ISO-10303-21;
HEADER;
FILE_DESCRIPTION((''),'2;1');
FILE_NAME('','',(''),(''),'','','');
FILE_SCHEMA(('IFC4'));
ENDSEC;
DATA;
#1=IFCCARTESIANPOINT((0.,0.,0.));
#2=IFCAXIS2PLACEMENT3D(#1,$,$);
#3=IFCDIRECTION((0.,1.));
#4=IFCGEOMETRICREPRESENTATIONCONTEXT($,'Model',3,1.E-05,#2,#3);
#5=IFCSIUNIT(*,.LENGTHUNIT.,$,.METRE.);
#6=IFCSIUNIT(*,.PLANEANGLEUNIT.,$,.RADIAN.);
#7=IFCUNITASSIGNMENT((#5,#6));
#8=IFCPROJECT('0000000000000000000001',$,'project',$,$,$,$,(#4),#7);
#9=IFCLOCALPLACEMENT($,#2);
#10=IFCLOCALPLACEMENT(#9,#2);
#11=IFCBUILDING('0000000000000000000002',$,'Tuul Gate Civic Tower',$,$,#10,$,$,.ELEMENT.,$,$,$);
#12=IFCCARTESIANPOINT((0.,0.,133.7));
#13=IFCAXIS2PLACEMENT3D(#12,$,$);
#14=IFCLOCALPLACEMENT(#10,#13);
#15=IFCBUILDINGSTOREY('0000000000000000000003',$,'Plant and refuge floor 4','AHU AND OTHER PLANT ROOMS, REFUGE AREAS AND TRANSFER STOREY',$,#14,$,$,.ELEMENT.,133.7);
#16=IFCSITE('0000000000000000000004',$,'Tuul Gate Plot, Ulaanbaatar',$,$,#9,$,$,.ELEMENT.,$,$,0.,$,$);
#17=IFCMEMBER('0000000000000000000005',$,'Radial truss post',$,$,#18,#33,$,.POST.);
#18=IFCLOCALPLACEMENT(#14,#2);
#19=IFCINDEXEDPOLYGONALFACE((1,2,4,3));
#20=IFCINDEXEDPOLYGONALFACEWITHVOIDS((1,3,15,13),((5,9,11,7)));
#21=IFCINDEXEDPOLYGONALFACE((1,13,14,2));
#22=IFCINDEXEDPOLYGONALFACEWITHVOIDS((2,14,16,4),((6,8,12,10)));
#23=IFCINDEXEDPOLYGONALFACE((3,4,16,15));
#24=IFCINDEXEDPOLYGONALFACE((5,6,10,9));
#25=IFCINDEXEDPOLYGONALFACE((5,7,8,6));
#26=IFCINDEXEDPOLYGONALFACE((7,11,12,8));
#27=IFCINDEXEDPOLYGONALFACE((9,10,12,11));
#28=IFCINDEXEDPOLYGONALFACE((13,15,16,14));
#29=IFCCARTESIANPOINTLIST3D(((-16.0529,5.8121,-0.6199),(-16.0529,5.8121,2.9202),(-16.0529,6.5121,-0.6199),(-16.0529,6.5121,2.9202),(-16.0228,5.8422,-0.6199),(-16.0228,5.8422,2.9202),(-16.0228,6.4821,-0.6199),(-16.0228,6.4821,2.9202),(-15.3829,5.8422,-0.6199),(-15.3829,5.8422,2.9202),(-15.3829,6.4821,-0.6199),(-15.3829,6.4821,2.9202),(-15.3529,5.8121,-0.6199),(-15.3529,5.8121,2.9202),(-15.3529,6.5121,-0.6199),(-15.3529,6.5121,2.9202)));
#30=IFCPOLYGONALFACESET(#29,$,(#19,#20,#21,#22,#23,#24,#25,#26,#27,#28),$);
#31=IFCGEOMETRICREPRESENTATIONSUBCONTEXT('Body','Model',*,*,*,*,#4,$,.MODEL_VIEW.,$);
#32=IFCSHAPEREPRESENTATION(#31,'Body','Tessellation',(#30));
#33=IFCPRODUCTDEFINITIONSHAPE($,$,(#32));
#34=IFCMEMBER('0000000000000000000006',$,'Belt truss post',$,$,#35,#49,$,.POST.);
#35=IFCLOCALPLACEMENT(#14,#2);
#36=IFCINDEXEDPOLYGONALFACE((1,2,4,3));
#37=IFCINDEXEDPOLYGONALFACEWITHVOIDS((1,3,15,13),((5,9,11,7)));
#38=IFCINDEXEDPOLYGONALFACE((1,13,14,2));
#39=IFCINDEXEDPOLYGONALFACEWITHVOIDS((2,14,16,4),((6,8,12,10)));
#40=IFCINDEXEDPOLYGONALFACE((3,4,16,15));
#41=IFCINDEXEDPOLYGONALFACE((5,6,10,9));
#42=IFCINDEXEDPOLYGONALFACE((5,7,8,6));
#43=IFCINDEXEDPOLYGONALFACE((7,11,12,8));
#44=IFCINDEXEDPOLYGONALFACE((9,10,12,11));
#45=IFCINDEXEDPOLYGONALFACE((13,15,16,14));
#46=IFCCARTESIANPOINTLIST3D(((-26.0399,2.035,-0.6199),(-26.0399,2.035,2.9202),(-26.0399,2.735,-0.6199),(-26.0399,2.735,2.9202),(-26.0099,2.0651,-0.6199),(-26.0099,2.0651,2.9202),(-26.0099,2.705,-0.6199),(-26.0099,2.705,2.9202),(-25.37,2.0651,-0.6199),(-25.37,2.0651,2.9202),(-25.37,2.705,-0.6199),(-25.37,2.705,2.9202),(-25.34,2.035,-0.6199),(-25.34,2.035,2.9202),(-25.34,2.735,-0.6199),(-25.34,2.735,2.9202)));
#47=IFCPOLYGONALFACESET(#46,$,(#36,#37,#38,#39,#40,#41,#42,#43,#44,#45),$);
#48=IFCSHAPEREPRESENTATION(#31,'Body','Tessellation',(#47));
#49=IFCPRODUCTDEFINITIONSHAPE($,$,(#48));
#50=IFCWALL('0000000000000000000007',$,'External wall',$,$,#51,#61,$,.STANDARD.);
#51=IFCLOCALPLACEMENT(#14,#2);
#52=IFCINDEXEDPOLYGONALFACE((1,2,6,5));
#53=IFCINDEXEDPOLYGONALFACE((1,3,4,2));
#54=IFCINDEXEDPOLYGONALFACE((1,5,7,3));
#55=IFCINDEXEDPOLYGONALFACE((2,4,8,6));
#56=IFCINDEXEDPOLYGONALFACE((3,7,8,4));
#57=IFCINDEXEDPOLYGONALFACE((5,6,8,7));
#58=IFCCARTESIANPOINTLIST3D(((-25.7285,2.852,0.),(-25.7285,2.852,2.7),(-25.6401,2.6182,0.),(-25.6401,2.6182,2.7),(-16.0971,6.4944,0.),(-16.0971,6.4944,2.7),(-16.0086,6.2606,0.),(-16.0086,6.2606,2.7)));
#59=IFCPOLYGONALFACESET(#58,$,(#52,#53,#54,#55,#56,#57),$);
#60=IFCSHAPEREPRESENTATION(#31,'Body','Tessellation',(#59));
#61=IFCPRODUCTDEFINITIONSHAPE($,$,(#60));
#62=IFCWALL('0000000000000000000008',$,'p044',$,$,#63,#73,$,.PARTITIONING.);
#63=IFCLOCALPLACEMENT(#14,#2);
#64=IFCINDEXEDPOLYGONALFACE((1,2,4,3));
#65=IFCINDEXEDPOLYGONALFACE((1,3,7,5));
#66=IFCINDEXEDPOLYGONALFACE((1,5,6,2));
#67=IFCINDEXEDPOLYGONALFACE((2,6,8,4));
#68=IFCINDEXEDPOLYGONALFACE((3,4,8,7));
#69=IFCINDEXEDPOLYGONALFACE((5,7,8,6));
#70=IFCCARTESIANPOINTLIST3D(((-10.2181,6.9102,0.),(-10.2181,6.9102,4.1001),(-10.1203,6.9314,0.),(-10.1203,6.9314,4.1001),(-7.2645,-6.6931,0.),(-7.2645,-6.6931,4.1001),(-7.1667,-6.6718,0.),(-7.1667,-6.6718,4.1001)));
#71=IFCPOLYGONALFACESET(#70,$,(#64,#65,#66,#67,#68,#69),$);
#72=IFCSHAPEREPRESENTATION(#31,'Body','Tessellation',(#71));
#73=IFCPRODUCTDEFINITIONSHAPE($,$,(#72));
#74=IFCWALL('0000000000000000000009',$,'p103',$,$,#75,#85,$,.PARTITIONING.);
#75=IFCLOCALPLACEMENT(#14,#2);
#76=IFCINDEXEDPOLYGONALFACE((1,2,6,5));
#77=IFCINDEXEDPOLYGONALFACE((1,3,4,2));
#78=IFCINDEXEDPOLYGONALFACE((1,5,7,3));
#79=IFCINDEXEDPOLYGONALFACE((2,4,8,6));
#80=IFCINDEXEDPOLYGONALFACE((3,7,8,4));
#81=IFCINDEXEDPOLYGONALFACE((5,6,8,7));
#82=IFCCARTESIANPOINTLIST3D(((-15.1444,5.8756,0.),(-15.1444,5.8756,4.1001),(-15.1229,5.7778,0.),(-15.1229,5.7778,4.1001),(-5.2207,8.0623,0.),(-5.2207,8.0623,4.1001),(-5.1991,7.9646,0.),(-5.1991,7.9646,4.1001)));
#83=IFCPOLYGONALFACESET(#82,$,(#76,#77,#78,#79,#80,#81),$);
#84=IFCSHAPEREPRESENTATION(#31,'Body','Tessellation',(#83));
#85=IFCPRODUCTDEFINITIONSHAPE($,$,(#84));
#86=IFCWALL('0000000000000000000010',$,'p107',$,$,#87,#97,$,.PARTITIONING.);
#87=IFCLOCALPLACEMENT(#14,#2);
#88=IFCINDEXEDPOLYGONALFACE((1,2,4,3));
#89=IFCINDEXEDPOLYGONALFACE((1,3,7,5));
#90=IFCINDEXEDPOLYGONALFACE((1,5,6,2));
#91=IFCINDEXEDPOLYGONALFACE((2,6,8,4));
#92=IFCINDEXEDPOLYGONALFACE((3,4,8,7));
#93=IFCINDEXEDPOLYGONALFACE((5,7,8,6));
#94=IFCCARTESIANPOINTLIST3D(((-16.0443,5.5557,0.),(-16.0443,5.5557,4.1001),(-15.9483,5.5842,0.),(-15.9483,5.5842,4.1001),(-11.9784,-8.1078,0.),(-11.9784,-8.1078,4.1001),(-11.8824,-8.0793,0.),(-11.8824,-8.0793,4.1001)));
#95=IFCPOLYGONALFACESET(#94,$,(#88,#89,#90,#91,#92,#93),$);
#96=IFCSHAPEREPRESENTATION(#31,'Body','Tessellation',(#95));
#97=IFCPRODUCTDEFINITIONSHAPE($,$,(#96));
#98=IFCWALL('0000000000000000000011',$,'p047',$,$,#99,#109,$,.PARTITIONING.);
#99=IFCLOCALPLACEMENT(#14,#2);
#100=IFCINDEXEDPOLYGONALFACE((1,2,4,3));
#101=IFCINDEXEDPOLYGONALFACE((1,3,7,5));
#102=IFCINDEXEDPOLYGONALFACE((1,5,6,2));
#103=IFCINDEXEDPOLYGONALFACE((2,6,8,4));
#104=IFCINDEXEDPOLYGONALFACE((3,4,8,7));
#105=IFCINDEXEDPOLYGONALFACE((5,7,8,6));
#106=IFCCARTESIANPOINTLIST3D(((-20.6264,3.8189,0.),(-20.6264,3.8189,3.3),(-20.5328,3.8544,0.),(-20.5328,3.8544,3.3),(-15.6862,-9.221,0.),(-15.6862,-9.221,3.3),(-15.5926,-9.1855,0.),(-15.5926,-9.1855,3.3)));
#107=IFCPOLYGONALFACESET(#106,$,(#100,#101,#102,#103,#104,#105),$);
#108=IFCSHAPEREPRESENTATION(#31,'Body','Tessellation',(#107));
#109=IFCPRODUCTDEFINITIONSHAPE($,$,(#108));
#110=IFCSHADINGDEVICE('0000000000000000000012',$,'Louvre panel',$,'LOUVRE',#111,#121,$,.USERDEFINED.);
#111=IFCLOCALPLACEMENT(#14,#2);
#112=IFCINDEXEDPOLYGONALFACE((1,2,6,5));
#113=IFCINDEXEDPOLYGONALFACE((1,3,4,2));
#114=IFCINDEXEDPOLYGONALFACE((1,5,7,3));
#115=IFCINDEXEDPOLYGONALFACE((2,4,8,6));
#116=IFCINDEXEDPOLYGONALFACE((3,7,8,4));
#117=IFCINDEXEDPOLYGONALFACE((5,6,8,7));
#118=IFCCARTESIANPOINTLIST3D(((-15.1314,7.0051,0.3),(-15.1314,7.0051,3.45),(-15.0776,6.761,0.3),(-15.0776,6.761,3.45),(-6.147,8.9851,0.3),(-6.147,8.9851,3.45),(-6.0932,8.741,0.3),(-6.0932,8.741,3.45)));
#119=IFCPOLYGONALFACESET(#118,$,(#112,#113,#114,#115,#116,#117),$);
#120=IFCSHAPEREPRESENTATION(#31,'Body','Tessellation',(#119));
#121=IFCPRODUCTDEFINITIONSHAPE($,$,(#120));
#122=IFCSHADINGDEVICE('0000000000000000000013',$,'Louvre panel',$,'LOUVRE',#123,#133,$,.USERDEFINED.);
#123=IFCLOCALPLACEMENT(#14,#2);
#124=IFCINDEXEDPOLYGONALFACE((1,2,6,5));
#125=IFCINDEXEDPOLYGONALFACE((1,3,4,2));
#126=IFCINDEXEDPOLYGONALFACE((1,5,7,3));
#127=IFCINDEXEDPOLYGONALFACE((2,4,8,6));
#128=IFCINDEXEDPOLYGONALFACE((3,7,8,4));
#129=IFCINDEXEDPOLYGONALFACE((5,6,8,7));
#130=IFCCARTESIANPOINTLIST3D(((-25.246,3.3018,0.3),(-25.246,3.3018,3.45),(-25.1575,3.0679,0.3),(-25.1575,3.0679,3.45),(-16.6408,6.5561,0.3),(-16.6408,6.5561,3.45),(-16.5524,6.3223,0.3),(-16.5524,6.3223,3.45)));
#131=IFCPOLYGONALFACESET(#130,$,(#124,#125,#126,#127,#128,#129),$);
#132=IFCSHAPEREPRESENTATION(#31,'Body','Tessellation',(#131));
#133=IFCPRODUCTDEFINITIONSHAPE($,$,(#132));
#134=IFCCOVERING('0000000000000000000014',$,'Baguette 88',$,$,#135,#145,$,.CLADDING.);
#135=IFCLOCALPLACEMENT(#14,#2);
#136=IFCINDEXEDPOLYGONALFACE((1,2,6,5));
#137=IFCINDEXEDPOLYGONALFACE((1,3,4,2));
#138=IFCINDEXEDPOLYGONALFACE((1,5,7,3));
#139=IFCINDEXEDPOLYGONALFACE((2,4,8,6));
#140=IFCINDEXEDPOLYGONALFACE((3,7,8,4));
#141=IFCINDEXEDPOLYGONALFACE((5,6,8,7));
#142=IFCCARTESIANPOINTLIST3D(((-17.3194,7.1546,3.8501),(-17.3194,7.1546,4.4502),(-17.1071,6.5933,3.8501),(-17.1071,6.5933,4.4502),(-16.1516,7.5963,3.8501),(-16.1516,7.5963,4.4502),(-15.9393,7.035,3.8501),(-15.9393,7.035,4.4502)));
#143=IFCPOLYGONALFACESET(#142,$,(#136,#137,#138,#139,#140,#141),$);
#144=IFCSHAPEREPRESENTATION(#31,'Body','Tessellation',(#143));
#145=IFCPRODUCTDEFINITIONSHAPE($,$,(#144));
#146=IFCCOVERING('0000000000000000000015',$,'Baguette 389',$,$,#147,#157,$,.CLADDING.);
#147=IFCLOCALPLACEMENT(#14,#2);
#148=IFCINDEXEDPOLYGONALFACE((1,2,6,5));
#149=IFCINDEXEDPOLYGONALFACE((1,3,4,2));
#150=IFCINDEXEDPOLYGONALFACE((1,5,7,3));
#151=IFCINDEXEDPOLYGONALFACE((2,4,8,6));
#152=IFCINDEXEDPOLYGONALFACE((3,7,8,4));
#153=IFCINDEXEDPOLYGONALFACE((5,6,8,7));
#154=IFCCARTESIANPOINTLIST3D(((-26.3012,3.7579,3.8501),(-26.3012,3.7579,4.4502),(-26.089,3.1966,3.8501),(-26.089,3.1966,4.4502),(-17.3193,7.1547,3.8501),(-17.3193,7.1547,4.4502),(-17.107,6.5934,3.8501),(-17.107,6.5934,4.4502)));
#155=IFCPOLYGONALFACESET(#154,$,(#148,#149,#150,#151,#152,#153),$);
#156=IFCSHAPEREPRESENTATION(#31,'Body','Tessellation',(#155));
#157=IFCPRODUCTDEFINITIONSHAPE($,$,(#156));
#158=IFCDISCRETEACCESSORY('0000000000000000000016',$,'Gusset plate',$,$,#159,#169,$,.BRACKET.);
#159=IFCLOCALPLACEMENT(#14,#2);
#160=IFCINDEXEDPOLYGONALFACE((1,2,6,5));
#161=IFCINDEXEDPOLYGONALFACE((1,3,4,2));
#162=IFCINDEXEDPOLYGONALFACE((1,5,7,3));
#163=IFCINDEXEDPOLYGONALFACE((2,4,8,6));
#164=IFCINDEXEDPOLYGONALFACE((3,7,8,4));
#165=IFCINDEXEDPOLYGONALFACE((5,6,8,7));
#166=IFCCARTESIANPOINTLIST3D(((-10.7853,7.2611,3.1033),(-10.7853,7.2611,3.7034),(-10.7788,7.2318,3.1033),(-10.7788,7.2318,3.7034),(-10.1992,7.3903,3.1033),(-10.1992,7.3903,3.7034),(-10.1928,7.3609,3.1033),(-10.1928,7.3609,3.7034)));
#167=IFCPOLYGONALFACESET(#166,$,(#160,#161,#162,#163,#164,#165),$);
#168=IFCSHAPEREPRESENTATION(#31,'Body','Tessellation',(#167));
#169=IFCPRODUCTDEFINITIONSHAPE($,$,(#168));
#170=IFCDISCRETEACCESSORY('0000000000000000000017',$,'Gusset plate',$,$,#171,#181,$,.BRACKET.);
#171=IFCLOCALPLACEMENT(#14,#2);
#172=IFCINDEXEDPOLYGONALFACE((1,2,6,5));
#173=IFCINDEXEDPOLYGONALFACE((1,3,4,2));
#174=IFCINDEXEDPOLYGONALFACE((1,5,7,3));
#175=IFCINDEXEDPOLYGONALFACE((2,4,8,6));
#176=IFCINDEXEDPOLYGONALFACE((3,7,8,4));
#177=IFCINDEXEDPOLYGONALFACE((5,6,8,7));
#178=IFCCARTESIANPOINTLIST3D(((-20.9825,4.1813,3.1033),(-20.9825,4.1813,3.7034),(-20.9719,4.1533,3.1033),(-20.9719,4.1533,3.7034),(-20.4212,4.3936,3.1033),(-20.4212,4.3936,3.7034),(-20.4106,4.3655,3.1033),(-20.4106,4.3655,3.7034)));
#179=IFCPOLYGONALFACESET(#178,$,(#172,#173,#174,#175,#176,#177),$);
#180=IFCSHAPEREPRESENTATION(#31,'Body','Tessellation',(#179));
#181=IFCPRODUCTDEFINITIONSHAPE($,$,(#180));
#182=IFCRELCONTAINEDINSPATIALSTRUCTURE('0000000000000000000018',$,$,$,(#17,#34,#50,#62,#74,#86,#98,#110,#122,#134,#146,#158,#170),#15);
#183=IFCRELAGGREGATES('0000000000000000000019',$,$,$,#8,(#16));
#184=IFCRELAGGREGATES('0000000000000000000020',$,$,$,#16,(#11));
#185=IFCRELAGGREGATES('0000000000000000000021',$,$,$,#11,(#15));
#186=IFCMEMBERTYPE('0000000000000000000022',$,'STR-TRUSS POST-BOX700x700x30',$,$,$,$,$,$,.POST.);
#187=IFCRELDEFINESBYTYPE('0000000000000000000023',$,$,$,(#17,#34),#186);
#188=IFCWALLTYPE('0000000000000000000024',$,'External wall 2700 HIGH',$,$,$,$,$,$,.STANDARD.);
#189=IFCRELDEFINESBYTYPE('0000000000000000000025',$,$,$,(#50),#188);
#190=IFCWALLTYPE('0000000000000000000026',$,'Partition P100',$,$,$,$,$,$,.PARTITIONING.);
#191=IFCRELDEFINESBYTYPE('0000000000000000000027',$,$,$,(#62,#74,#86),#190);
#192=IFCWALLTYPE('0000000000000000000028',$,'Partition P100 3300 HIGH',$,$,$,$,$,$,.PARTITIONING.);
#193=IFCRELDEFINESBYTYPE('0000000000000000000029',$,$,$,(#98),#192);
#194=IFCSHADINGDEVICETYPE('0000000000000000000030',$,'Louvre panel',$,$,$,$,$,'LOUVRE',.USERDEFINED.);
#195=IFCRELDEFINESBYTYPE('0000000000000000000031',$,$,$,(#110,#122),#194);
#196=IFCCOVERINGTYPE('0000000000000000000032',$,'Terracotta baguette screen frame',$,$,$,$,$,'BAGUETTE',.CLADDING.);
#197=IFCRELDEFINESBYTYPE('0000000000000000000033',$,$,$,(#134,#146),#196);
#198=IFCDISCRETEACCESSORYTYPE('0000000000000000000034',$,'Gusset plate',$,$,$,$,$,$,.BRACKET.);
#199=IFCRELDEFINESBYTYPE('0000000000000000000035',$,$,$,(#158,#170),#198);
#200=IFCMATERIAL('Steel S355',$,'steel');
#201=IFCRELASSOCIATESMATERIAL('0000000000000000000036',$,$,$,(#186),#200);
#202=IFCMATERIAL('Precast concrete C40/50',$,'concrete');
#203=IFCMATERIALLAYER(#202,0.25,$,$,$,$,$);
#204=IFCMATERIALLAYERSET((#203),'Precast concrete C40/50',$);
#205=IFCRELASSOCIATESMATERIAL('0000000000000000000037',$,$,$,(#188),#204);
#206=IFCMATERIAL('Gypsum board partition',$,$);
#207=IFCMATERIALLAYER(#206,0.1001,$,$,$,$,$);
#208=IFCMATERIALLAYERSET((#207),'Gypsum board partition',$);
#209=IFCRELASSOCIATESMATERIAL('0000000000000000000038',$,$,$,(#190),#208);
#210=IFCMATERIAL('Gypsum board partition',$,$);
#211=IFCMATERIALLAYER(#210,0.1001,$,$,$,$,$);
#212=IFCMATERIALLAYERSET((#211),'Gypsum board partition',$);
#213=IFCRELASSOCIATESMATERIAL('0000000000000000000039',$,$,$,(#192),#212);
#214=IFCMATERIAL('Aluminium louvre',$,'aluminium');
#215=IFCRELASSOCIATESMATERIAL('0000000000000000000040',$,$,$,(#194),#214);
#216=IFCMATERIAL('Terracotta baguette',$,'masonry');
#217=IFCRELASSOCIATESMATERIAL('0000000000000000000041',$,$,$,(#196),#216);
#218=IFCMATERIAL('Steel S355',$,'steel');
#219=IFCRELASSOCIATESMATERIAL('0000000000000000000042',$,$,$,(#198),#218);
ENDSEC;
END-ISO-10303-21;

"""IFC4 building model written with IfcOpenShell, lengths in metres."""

from ifc_helpers import new_model, si_unit, direction, frame, frame_2d, origin, origin_2d, place, context, subcontext, project, spatial, rectangle, hollow_rectangle, extrude, material, layer, layer_set, material_profile, profile_set, type_object, element, save


model = new_model("IFC4")

# Units and contexts
model_context = context("Model", 3, precision=1e-05, world=origin(), true_north=direction((0.0, 1.0)))
body_context = subcontext(model_context, "Body", "Model", "MODEL_VIEW")
ifc_project = project(units=[si_unit("LENGTHUNIT", "METRE"), si_unit("PLANEANGLEUNIT", "RADIAN")], contexts=[model_context])

# Site, building, storey
site_placement = place(None, origin())
site = spatial("IfcSite", under=ifc_project, at=site_placement, Name="Tuul Gate Plot, Ulaanbaatar", CompositionType="ELEMENT", RefElevation=0.0)
building_placement = place(site_placement, origin())
building = spatial("IfcBuilding", under=site, at=building_placement, Name="Tuul Gate Civic Tower", CompositionType="ELEMENT")
storey_placement = place(building_placement, frame((0.0, 0.0, 133.7)))
storey = spatial("IfcBuildingStorey", under=building, at=storey_placement, Name="Plant and refuge floor 4", Description="AHU AND OTHER PLANT ROOMS, REFUGE AREAS AND TRANSFER STOREY", CompositionType="ELEMENT", Elevation=133.7)

# Members
ifc_material_1 = material(Name="Steel S355", Category="steel")
ifc_material_profile_1 = material_profile(ifc_material_1, hollow_rectangle(XDim=0.7, YDim=0.7, WallThickness=0.03, at=origin_2d()), Name="BOX700x700x30")
ifc_profile_set_1 = profile_set([ifc_material_profile_1], Name="Steel S355")
member_type_1 = type_object("IfcMemberType", Name="STR-TRUSS POST-BOX700x700x30", PredefinedType="POST", material=ifc_profile_set_1)
for number, where, z_axis, x_axis, name in (
    (1, (-15.7029, 6.1621, -0.6199), (0.0, 0.0, 1.0), (1.0, 0.0, 0.0), "Radial truss post"),
    (2, (-25.6899, 2.385, -0.6199), (0.0, 0.0, 1.0), (1.0, 0.0, 0.0), "Belt truss post"),
):
    element("IfcMember", number, at=place(storey_placement, frame(where, z_axis=z_axis, x_axis=x_axis)), inside=storey, type_object=member_type_1, Name=name, PredefinedType="POST", context=body_context, shape_type="SweptSolid", body=[
        extrude(hollow_rectangle(XDim=0.7, YDim=0.7, WallThickness=0.03, at=origin_2d()), origin(), (0.0, 0.0, 1.0), 3.54),
    ])

# Walls
ifc_material_2 = material(Name="Precast concrete C40/50", Category="concrete")
ifc_layer_1 = layer(ifc_material_2, 0.25)
ifc_layer_set_1 = layer_set([ifc_layer_1], Name="Precast concrete C40/50")
wall_type_1 = type_object("IfcWallType", Name="External wall 2700 HIGH", PredefinedType="STANDARD", material=ifc_layer_set_1)
wall_1_placement = place(storey_placement, frame((-16.053, 6.3774, 0.0), z_axis=(0.0, 0.0, 1.0), x_axis=(-0.935349, -0.353726, 0.0)))
element("IfcWall", 3, at=wall_1_placement, inside=storey, type_object=wall_type_1, Name="External wall", PredefinedType="STANDARD", context=body_context, shape_type="SweptSolid", body=[
    extrude(rectangle(XDim=10.2971, YDim=0.25, at=frame_2d((5.1484, 0.0))), origin(), (0.0, 0.0, 1.0), 2.7),
])
ifc_material_3 = material(Name="Gypsum board partition")
ifc_layer_2 = layer(ifc_material_3, 0.1001)
ifc_layer_set_2 = layer_set([ifc_layer_2], Name="Gypsum board partition")
wall_type_2 = type_object("IfcWallType", Name="Partition P100", PredefinedType="PARTITIONING", material=ifc_layer_set_2)
wall_2_placement = place(storey_placement, frame((-10.1692, 6.9207, 0.0), z_axis=(0.0, 0.0, 1.0), x_axis=(0.212181, -0.97723, 0.0)))
element("IfcWall", 4, at=wall_2_placement, inside=storey, type_object=wall_type_2, Name="p044", PredefinedType="PARTITIONING", context=body_context, shape_type="SweptSolid", body=[
    extrude(rectangle(XDim=13.9202, YDim=0.1001, at=frame_2d((6.96, 0.0))), origin(), (0.0, 0.0, 1.0), 4.1001),
])
wall_3_placement = place(storey_placement, frame((-15.1338, 5.8267, 0.0), z_axis=(0.0, 0.0, 1.0), x_axis=(0.976572, 0.215193, 0.0)))
element("IfcWall", 5, at=wall_3_placement, inside=storey, type_object=wall_type_2, Name="p103", PredefinedType="PARTITIONING", context=body_context, shape_type="SweptSolid", body=[
    extrude(rectangle(XDim=10.1619, YDim=0.1001, at=frame_2d((5.0811, 0.0))), origin(), (0.0, 0.0, 1.0), 4.1001),
])
wall_4_placement = place(storey_placement, frame((-15.9963, 5.5701, 0.0), z_axis=(0.0, 0.0, 1.0), x_axis=(0.285214, -0.958464, 0.0)))
element("IfcWall", 6, at=wall_4_placement, inside=storey, type_object=wall_type_2, Name="p107", PredefinedType="PARTITIONING", context=body_context, shape_type="SweptSolid", body=[
    extrude(rectangle(XDim=14.2556, YDim=0.1001, at=frame_2d((7.1279, 0.0))), origin(), (0.0, 0.0, 1.0), 4.1001),
])
ifc_material_4 = material(Name="Gypsum board partition")
ifc_layer_3 = layer(ifc_material_4, 0.1001)
ifc_layer_set_3 = layer_set([ifc_layer_3], Name="Gypsum board partition")
wall_type_3 = type_object("IfcWallType", Name="Partition P100 3300 HIGH", PredefinedType="PARTITIONING", material=ifc_layer_set_3)
wall_5_placement = place(storey_placement, frame((-20.5796, 3.8367, 0.0), z_axis=(0.0, 0.0, 1.0), x_axis=(0.354282, -0.935139, 0.0)))
element("IfcWall", 7, at=wall_5_placement, inside=storey, type_object=wall_type_3, Name="p047", PredefinedType="PARTITIONING", context=body_context, shape_type="SweptSolid", body=[
    extrude(rectangle(XDim=13.9443, YDim=0.1001, at=frame_2d((6.9722, 0.0))), origin(), (0.0, 0.0, 1.0), 3.3),
])

# Shading devices
ifc_material_5 = material(Name="Aluminium louvre", Category="aluminium")
shading_device_type = type_object("IfcShadingDeviceType", Name="Louvre panel", ElementType="LOUVRE", PredefinedType="USERDEFINED", material=ifc_material_5)
for number, where, z_axis, x_axis, name in (
    (8, (-10.6123, 7.873, 0.3), (0.0, 0.0, 1.0), (-0.215215, 0.976567, 0.0), "Louvre panel"),
    (9, (-20.8992, 4.812, 0.3), (0.0, 0.0, 1.0), (-0.353734, 0.935346, 0.0), "Louvre panel"),
):
    element("IfcShadingDevice", number, at=place(storey_placement, frame(where, z_axis=z_axis, x_axis=x_axis)), inside=storey, type_object=shading_device_type, Name=name, ObjectType="LOUVRE", PredefinedType="USERDEFINED", context=body_context, shape_type="SweptSolid", body=[
        extrude(rectangle(XDim=0.25, YDim=9.2, at=origin_2d()), origin(), (0.0, 0.0, 1.0), 3.1499),
    ])

# Coverings
ifc_material_6 = material(Name="Terracotta baguette", Category="masonry")
ifc_material_profile_2 = material_profile(ifc_material_6, rectangle(XDim=0.6001, YDim=0.6001, at=origin_2d()), Name="Terracotta baguette screen frame")
ifc_profile_set_2 = profile_set([ifc_material_profile_2], Name="Terracotta baguette")
covering_type = type_object("IfcCoveringType", Name="Terracotta baguette screen frame", ElementType="BAGUETTE", PredefinedType="CLADDING", material=ifc_profile_set_2)
covering_1_placement = place(storey_placement, frame((-16.0454, 7.3157, 4.1501), z_axis=(-0.935337, -0.353758, 0.0), x_axis=(0.353758, -0.935337, 0.0)))
element("IfcCovering", 10, at=covering_1_placement, inside=storey, type_object=covering_type, Name="Baguette 88", PredefinedType="CLADDING", context=body_context, shape_type="SweptSolid", body=[
    extrude(rectangle(XDim=0.6001, YDim=0.6001, at=origin_2d()), origin(), (0.0, 0.0, 1.0), 1.2485),
])
covering_2_placement = place(storey_placement, frame((-17.2131, 6.874, 4.1501), z_axis=(-0.93535, -0.353724, 0.0), x_axis=(0.353724, -0.93535, 0.0)))
element("IfcCovering", 11, at=covering_2_placement, inside=storey, type_object=covering_type, Name="Baguette 389", PredefinedType="CLADDING", context=body_context, shape_type="SweptSolid", body=[
    extrude(rectangle(XDim=0.6001, YDim=0.6001, at=origin_2d()), origin(), (0.0, 0.0, 1.0), 9.6028),
])

# Discrete accessories
ifc_material_7 = material(Name="Steel S355", Category="steel")
discrete_accessory_type = type_object("IfcDiscreteAccessoryType", Name="Gusset plate", PredefinedType="BRACKET", material=ifc_material_7)
for number, where, z_axis, x_axis, name in (
    (12, (-10.489, 7.311, 3.1033), (0.0, 0.0, 1.0), (0.976569, 0.215205, 0.0), "Gusset plate"),
    (13, (-20.6965, 4.2734, 3.1033), (0.0, 0.0, 1.0), (0.935344, 0.353739, 0.0), "Gusset plate"),
):
    element("IfcDiscreteAccessory", number, at=place(storey_placement, frame(where, z_axis=z_axis, x_axis=x_axis)), inside=storey, type_object=discrete_accessory_type, Name=name, PredefinedType="BRACKET", context=body_context, shape_type="SweptSolid", body=[
        extrude(rectangle(XDim=0.6001, YDim=0.03, at=origin_2d()), origin(), (0.0, 0.0, 1.0), 0.6001),
    ])

save(model, "model.ifc")
